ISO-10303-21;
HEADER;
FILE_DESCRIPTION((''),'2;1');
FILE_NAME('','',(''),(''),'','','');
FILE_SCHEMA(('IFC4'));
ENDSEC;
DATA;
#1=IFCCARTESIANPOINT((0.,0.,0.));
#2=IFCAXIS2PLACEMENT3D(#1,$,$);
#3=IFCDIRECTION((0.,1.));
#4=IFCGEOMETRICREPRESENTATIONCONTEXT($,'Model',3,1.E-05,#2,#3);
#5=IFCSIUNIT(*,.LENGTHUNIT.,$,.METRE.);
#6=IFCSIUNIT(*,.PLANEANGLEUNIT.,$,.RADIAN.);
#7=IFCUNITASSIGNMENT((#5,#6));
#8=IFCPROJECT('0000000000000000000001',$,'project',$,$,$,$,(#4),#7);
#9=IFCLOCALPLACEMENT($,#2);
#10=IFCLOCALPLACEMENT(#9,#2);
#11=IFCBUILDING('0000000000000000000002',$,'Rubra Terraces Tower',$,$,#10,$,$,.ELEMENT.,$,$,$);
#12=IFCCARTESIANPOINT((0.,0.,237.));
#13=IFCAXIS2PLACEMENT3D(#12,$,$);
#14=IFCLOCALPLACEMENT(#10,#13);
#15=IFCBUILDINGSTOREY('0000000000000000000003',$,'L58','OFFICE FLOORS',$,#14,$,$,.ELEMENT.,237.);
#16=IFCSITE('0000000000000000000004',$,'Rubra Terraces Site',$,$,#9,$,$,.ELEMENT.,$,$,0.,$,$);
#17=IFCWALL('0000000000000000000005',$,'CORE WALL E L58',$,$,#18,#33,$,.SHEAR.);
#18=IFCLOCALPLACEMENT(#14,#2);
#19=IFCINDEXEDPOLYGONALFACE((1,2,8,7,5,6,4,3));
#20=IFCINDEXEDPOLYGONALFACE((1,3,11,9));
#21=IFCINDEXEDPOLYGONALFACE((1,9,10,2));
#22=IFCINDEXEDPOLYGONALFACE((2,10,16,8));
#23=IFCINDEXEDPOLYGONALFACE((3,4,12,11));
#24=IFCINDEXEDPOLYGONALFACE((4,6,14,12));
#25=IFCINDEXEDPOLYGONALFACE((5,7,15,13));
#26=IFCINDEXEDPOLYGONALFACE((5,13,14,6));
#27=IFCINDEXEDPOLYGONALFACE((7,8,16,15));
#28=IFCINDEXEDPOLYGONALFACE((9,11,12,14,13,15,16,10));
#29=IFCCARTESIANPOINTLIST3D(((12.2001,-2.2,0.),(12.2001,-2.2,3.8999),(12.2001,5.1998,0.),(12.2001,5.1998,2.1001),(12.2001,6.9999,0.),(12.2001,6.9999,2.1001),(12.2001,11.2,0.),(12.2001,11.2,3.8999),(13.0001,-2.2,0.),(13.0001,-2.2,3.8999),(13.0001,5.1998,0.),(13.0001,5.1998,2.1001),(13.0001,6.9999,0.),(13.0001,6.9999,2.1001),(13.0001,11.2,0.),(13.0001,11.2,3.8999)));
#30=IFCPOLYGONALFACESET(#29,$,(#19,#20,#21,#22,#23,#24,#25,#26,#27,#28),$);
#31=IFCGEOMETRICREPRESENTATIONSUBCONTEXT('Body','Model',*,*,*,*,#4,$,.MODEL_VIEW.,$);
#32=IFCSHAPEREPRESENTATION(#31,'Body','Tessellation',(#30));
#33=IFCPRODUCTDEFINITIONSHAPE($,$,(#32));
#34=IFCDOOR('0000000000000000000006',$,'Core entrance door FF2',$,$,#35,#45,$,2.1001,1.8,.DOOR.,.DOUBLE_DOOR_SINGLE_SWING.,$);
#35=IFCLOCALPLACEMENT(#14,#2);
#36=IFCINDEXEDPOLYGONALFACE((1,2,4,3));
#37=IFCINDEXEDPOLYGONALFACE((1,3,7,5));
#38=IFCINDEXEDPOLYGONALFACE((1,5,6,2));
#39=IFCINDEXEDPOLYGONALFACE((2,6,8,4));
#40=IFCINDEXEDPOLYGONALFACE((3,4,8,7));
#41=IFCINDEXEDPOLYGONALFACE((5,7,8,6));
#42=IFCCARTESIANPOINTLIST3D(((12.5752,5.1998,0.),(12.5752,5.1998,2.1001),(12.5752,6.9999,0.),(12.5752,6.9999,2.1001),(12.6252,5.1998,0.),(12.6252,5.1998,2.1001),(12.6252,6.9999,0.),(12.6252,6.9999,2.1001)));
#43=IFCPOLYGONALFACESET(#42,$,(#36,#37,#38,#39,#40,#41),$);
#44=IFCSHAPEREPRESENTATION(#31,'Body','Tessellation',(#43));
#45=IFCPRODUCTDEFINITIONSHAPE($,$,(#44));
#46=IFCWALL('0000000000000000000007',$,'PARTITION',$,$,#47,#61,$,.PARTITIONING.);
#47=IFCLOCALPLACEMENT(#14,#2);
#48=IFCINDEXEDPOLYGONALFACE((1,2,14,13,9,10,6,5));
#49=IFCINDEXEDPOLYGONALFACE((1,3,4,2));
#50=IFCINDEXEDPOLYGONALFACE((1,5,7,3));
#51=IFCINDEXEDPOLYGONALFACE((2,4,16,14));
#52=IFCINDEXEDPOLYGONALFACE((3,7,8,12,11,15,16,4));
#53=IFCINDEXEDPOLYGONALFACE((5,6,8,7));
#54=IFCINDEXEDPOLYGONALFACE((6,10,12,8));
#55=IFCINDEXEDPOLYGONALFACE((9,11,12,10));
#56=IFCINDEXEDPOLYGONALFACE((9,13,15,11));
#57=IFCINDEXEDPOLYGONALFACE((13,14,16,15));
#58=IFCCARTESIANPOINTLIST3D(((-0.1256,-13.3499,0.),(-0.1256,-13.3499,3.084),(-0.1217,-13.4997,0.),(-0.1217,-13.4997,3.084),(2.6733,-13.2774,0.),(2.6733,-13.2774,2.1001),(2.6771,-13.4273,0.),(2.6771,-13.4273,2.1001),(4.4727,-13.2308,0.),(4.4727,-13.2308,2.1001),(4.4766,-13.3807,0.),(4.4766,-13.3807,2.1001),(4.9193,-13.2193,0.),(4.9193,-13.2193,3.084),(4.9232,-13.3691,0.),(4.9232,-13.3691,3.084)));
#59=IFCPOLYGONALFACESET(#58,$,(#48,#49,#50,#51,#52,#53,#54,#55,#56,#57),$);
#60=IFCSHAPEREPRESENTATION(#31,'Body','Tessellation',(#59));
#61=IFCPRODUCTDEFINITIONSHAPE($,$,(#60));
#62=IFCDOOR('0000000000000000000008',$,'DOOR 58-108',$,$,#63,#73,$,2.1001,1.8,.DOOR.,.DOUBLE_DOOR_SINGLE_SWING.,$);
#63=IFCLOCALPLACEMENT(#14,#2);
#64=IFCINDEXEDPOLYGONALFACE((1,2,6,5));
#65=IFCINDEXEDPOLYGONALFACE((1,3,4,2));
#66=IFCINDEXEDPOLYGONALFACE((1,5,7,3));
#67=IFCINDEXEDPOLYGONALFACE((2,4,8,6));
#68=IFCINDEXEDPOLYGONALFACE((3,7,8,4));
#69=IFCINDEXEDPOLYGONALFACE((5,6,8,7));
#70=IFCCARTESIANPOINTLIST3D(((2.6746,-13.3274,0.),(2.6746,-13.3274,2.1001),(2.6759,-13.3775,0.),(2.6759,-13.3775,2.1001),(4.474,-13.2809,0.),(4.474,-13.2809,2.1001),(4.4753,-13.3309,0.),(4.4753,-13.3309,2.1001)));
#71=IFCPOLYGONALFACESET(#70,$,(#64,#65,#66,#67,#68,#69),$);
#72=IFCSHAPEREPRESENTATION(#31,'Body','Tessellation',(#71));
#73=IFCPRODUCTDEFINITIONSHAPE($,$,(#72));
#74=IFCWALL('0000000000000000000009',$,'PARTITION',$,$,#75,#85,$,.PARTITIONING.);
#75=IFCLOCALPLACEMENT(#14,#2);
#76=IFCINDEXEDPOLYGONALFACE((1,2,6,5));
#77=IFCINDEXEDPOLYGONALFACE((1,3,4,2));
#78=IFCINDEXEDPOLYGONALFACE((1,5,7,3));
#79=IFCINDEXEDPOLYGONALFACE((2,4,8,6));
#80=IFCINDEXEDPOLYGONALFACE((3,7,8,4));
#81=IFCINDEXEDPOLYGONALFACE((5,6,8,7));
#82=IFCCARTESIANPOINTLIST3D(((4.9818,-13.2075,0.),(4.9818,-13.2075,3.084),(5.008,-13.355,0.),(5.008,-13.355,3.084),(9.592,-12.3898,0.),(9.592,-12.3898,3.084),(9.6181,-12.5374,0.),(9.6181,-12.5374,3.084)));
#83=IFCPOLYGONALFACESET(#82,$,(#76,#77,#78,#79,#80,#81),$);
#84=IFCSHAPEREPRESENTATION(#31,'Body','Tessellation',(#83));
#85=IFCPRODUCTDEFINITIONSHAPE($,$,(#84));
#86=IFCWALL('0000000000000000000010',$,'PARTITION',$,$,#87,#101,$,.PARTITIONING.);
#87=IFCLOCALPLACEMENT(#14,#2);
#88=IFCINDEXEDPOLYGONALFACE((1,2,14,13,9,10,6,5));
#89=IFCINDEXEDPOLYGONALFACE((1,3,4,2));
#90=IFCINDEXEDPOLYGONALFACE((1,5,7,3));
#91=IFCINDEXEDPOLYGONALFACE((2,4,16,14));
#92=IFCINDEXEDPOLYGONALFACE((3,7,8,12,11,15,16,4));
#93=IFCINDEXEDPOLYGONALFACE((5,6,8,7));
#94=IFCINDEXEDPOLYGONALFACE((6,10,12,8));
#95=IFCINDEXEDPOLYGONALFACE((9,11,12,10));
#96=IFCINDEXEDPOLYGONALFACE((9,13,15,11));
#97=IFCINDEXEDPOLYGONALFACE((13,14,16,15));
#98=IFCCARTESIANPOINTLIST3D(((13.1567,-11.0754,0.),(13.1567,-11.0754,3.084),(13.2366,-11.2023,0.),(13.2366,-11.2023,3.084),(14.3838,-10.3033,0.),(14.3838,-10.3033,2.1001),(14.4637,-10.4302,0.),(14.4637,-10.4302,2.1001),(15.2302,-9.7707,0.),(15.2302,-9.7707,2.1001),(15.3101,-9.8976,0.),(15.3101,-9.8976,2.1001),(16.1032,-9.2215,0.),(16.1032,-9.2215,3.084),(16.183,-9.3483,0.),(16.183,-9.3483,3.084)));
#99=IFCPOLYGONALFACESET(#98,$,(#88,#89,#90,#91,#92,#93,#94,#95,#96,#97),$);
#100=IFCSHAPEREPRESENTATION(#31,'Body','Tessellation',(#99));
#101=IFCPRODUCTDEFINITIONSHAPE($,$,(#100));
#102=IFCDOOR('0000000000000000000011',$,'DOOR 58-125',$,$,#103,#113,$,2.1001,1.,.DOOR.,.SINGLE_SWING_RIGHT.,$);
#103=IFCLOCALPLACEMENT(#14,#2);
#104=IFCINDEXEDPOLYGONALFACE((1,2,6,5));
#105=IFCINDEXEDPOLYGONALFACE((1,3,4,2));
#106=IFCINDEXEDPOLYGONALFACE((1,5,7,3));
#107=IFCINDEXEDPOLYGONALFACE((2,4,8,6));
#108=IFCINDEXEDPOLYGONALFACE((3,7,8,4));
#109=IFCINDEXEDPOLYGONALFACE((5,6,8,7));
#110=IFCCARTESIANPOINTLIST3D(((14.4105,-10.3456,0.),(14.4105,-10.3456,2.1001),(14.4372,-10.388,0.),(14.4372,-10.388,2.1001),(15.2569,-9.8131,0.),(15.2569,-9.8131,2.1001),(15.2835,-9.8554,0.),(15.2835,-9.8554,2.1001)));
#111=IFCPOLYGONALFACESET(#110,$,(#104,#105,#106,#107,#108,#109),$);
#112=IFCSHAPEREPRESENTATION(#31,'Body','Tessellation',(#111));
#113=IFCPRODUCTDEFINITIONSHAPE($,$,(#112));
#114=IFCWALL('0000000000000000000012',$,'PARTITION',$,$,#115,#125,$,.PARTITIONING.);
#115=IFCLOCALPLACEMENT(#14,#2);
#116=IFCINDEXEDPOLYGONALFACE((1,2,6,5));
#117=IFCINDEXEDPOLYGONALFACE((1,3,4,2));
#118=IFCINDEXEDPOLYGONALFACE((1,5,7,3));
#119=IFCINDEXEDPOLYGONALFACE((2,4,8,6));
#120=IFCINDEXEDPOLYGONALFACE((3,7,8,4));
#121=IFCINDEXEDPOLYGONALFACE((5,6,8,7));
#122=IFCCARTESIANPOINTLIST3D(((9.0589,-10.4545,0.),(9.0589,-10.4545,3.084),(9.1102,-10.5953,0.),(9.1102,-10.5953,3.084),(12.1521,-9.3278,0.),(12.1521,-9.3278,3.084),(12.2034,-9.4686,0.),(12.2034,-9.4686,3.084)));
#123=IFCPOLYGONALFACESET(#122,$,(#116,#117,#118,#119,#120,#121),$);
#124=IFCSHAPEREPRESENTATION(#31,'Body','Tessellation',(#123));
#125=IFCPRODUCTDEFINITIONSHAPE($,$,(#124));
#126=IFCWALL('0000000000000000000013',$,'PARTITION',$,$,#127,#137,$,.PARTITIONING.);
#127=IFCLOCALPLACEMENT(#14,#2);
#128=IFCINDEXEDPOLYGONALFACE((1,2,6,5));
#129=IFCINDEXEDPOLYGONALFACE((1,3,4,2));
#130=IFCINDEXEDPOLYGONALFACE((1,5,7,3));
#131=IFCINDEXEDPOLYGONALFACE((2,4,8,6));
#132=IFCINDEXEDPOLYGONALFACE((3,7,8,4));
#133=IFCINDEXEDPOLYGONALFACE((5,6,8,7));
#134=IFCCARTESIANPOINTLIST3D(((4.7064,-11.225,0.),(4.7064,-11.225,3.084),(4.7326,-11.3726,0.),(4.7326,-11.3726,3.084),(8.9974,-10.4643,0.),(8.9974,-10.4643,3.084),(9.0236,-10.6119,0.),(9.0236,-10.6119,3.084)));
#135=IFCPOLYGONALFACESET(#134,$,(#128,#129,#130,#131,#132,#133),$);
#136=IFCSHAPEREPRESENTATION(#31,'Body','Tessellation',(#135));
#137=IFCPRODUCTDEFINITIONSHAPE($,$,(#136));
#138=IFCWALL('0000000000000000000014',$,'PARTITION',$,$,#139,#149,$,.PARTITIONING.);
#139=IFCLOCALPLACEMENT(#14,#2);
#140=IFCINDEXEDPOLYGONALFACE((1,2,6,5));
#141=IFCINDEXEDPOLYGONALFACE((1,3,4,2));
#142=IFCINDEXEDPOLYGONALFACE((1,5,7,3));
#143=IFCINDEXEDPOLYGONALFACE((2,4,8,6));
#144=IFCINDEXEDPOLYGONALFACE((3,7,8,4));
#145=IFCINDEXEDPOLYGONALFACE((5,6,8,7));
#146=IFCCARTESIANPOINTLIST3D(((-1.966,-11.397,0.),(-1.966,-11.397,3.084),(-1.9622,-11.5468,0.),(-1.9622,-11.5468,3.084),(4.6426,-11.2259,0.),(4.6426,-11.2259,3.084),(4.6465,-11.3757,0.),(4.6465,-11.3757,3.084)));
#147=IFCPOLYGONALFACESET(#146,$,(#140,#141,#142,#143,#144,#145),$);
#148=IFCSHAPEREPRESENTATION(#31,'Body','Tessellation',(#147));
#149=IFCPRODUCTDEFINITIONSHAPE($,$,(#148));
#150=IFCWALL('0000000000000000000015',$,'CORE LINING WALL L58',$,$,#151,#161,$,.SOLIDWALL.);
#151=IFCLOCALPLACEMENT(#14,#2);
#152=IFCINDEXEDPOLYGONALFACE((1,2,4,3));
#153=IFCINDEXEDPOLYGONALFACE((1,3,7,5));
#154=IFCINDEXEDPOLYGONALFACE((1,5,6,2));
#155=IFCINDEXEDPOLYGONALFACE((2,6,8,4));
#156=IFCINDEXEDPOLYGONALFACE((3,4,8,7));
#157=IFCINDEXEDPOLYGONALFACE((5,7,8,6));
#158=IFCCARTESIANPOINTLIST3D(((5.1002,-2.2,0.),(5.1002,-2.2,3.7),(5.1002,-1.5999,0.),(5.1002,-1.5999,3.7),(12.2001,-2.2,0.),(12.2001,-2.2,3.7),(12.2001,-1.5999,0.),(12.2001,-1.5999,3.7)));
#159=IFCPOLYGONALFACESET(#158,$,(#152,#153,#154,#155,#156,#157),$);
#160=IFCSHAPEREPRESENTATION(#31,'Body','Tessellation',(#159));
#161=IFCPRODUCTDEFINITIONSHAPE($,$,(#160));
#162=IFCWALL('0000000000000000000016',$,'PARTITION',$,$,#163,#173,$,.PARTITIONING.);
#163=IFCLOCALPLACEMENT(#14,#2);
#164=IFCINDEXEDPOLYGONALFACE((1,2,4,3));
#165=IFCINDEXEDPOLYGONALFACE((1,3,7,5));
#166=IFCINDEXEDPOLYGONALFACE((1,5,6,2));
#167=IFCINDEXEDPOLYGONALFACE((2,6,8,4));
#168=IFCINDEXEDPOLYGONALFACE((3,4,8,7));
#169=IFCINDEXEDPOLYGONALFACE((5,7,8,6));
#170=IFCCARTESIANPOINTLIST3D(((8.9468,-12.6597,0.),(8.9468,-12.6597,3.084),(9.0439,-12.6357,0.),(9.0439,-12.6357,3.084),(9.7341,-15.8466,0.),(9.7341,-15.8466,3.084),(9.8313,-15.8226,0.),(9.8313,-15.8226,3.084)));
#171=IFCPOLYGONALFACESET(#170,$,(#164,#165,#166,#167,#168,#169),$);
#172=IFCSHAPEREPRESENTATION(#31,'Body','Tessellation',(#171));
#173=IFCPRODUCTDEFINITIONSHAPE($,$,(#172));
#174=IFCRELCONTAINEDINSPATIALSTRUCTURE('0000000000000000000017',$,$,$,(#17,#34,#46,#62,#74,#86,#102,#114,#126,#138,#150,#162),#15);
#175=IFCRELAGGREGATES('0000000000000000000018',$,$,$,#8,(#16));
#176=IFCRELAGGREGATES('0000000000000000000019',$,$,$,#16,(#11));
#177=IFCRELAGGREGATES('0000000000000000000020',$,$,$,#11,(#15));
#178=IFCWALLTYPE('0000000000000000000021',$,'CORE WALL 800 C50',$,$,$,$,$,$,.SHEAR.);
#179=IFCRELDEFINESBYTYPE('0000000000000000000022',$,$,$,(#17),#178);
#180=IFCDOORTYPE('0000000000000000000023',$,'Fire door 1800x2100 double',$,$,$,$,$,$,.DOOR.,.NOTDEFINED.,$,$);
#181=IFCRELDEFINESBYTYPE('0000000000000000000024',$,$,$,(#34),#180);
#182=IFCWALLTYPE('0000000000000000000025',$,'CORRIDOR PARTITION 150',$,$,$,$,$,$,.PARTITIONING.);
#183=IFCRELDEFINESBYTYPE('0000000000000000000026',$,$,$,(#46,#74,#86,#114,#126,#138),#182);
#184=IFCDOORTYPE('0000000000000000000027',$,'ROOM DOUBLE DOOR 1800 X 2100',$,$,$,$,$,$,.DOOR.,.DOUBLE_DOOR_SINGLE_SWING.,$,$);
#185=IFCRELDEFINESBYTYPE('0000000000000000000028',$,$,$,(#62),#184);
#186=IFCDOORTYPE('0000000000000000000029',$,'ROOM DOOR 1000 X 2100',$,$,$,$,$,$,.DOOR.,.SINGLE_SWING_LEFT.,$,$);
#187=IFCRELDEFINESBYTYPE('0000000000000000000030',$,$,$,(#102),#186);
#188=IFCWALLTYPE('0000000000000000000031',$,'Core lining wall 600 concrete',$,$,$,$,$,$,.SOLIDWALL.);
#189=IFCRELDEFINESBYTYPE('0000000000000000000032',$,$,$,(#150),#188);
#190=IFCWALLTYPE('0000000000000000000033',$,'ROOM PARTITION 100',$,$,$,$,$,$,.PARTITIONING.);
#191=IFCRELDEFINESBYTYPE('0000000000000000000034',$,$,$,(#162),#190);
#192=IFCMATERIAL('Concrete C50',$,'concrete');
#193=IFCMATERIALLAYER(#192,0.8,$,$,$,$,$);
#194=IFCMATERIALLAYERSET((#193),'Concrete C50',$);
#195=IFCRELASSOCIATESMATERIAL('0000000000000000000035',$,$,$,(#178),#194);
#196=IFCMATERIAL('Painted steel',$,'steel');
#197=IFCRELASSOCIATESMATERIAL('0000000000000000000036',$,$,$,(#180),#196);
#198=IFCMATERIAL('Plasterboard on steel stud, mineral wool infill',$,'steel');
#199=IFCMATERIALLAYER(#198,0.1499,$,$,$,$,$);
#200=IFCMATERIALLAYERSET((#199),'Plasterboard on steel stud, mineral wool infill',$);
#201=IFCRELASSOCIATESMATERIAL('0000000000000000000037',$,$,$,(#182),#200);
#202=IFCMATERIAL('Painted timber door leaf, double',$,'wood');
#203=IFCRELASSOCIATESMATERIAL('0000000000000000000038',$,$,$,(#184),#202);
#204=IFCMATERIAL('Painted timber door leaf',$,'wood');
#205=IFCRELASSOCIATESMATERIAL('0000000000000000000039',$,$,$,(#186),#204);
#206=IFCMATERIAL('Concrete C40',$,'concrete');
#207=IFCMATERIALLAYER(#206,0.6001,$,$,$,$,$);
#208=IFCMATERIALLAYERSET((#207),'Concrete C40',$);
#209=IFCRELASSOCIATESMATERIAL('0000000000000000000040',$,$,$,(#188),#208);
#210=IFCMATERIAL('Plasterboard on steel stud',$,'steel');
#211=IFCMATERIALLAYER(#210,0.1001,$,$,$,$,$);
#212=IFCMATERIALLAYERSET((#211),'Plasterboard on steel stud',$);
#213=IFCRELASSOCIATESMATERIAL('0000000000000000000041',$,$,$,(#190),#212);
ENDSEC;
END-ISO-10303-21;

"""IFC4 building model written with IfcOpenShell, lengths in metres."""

from ifc_helpers import new_model, si_unit, direction, frame, frame_2d, origin, place, context, subcontext, project, spatial, rectangle, extrude, material, layer, layer_set, type_object, element, fill, save


model = new_model("IFC4")

# Units and contexts
model_context = context("Model", 3, precision=1e-05, world=origin(), true_north=direction((0.0, 1.0)))
body_context = subcontext(model_context, "Body", "Model", "MODEL_VIEW")
ifc_project = project(units=[si_unit("LENGTHUNIT", "METRE"), si_unit("PLANEANGLEUNIT", "RADIAN")], contexts=[model_context])

# Site, building, storey
site_placement = place(None, origin())
site = spatial("IfcSite", under=ifc_project, at=site_placement, Name="Rubra Terraces Site", CompositionType="ELEMENT", RefElevation=0.0)
building_placement = place(site_placement, origin())
building = spatial("IfcBuilding", under=site, at=building_placement, Name="Rubra Terraces Tower", CompositionType="ELEMENT")
storey_placement = place(building_placement, frame((0.0, 0.0, 237.0)))
storey = spatial("IfcBuildingStorey", under=building, at=storey_placement, Name="L58", Description="OFFICE FLOORS", CompositionType="ELEMENT", Elevation=237.0)

# Shared definitions
ifc_material_1 = material(Name="Concrete C40", Category="concrete")

# Walls, openings, doors
ifc_material_2 = material(Name="Concrete C50", Category="concrete")
ifc_layer_1 = layer(ifc_material_2, 0.8)
ifc_layer_set_1 = layer_set([ifc_layer_1], Name="Concrete C50")
wall_type_1 = type_object("IfcWallType", Name="CORE WALL 800 C50", PredefinedType="SHEAR", material=ifc_layer_set_1)
wall_1_placement = place(storey_placement, frame((12.6001, -2.2, 0.0), z_axis=(0.0, 0.0, 1.0), x_axis=(0.0, 1.0, 0.0)))
wall_1 = element("IfcWall", 1, at=wall_1_placement, inside=storey, type_object=wall_type_1, Name="CORE WALL E L58", PredefinedType="SHEAR", context=body_context, shape_type="SweptSolid", body=[
    extrude(rectangle(XDim=13.3999, YDim=0.8, at=frame_2d((6.7, 0.0))), origin(), (0.0, 0.0, 1.0), 3.8999),
])
opening_1_placement = place(wall_1_placement, frame((7.3999, 0.0, 0.0)))
opening_1 = element("IfcOpeningElement", 2, at=opening_1_placement, cuts=wall_1, PredefinedType="OPENING", context=body_context, shape_type="SweptSolid", body=[
    extrude(rectangle(XDim=1.8, YDim=2.1001, at=frame_2d((0.8999, 1.05))), frame((0.0, 0.4099, 0.0), z_axis=(0.0, -1.0, 0.0), x_axis=(1.0, 0.0, 0.0)), (0.0, 0.0, 1.0), 0.8201),
])
ifc_material_3 = material(Name="Painted steel", Category="steel")
door_type_1 = type_object("IfcDoorType", Name="Fire door 1800x2100 double", OperationType="NOTDEFINED", PredefinedType="DOOR", material=ifc_material_3)
door_1_placement = place(opening_1_placement, origin())
door_1 = element("IfcDoor", 3, at=door_1_placement, inside=storey, type_object=door_type_1, Name="Core entrance door FF2", OperationType="DOUBLE_DOOR_SINGLE_SWING", OverallHeight=2.1001, OverallWidth=1.8, PredefinedType="DOOR", context=body_context, shape_type="SweptSolid", body=[
    extrude(rectangle(XDim=1.8, YDim=2.1001, at=frame_2d((0.8999, 1.05))), frame((0.0, 0.0249, 0.0), z_axis=(0.0, -1.0, 0.0), x_axis=(1.0, 0.0, 0.0)), (0.0, 0.0, 1.0), 0.05),
])
fill(opening_1, door_1)
ifc_material_4 = material(Name="Plasterboard on steel stud, mineral wool infill", Category="steel")
ifc_layer_2 = layer(ifc_material_4, 0.1499)
ifc_layer_set_2 = layer_set([ifc_layer_2], Name="Plasterboard on steel stud, mineral wool infill")
wall_type_2 = type_object("IfcWallType", Name="CORRIDOR PARTITION 150", PredefinedType="PARTITIONING", material=ifc_layer_set_2)
wall_2_placement = place(storey_placement, frame((-0.1238, -13.4248, 0.0), z_axis=(0.0, 0.0, 1.0), x_axis=(0.999665, 0.025882, 0.0)))
wall_2 = element("IfcWall", 4, at=wall_2_placement, inside=storey, type_object=wall_type_2, Name="PARTITION", PredefinedType="PARTITIONING", context=body_context, shape_type="SweptSolid", body=[
    extrude(rectangle(XDim=5.0466, YDim=0.1499, at=frame_2d((2.5234, 0.0))), origin(), (0.0, 0.0, 1.0), 3.084),
])
opening_2_placement = place(wall_2_placement, frame((2.8, 0.0, 0.0)))
opening_2 = element("IfcOpeningElement", 5, at=opening_2_placement, cuts=wall_2, PredefinedType="OPENING", context=body_context, shape_type="SweptSolid", body=[
    extrude(rectangle(XDim=1.8, YDim=2.1001, at=frame_2d((0.8999, 1.05))), frame((0.0, 0.085, 0.0), z_axis=(0.0, -1.0, 0.0), x_axis=(1.0, 0.0, 0.0)), (0.0, 0.0, 1.0), 0.1699),
])
ifc_material_5 = material(Name="Painted timber door leaf, double", Category="wood")
door_type_2 = type_object("IfcDoorType", Name="ROOM DOUBLE DOOR 1800 X 2100", OperationType="DOUBLE_DOOR_SINGLE_SWING", PredefinedType="DOOR", material=ifc_material_5)
door_2_placement = place(opening_2_placement, origin())
door_2 = element("IfcDoor", 6, at=door_2_placement, inside=storey, type_object=door_type_2, Name="DOOR 58-108", OperationType="DOUBLE_DOOR_SINGLE_SWING", OverallHeight=2.1001, OverallWidth=1.8, PredefinedType="DOOR", context=body_context, shape_type="SweptSolid", body=[
    extrude(rectangle(XDim=1.8, YDim=2.1001, at=frame_2d((0.8999, 1.05))), frame((0.0, 0.0249, 0.0), z_axis=(0.0, -1.0, 0.0), x_axis=(1.0, 0.0, 0.0)), (0.0, 0.0, 1.0), 0.05),
])
fill(opening_2, door_2)

# Wall
wall_3_placement = place(storey_placement, frame((4.9949, -13.2812, 0.0), z_axis=(0.0, 0.0, 1.0), x_axis=(0.984634, 0.17463, 0.0)))
element("IfcWall", 7, at=wall_3_placement, inside=storey, type_object=wall_type_2, Name="PARTITION", PredefinedType="PARTITIONING", context=body_context, shape_type="SweptSolid", body=[
    extrude(rectangle(XDim=4.6821, YDim=0.1499, at=frame_2d((2.3411, 0.0))), origin(), (0.0, 0.0, 1.0), 3.084),
])

# Wall, opening, door
wall_4_placement = place(storey_placement, frame((13.1965, -11.1389, 0.0), z_axis=(0.0, 0.0, 1.0), x_axis=(0.846391, 0.532562, 0.0)))
wall_4 = element("IfcWall", 8, at=wall_4_placement, inside=storey, type_object=wall_type_2, Name="PARTITION", PredefinedType="PARTITIONING", context=body_context, shape_type="SweptSolid", body=[
    extrude(rectangle(XDim=3.4812, YDim=0.1499, at=frame_2d((1.7407, 0.0))), origin(), (0.0, 0.0, 1.0), 3.084),
])
opening_3_placement = place(wall_4_placement, frame((1.45, 0.0, 0.0)))
opening_3 = element("IfcOpeningElement", 9, at=opening_3_placement, cuts=wall_4, PredefinedType="OPENING", context=body_context, shape_type="SweptSolid", body=[
    extrude(rectangle(XDim=1.0, YDim=2.1001, at=frame_2d((0.5, 1.05))), frame((0.0, 0.085, 0.0), z_axis=(0.0, -1.0, 0.0), x_axis=(1.0, 0.0, 0.0)), (0.0, 0.0, 1.0), 0.1699),
])
ifc_material_6 = material(Name="Painted timber door leaf", Category="wood")
door_type_3 = type_object("IfcDoorType", Name="ROOM DOOR 1000 X 2100", OperationType="SINGLE_SWING_LEFT", PredefinedType="DOOR", material=ifc_material_6)
door_3_placement = place(opening_3_placement, origin())
door_3 = element("IfcDoor", 10, at=door_3_placement, inside=storey, type_object=door_type_3, Name="DOOR 58-125", OperationType="SINGLE_SWING_RIGHT", OverallHeight=2.1001, OverallWidth=1.0, PredefinedType="DOOR", context=body_context, shape_type="SweptSolid", body=[
    extrude(rectangle(XDim=1.0, YDim=2.1001, at=frame_2d((0.5, 1.05))), frame((0.0, 0.0249, 0.0), z_axis=(0.0, -1.0, 0.0), x_axis=(1.0, 0.0, 0.0)), (0.0, 0.0, 1.0), 0.05),
])
fill(opening_3, door_3)

# Walls
wall_5_placement = place(storey_placement, frame((12.1777, -9.3982, 0.0), z_axis=(0.0, 0.0, 1.0), x_axis=(-0.939609, -0.342249, 0.0)))
element("IfcWall", 11, at=wall_5_placement, inside=storey, type_object=wall_type_2, Name="PARTITION", PredefinedType="PARTITIONING", context=body_context, shape_type="SweptSolid", body=[
    extrude(rectangle(XDim=3.292, YDim=0.1499, at=frame_2d((1.646, 0.0))), origin(), (0.0, 0.0, 1.0), 3.084),
])
wall_6_placement = place(storey_placement, frame((9.0105, -10.5381, 0.0), z_axis=(0.0, 0.0, 1.0), x_axis=(-0.984646, -0.174565, 0.0)))
element("IfcWall", 12, at=wall_6_placement, inside=storey, type_object=wall_type_2, Name="PARTITION", PredefinedType="PARTITIONING", context=body_context, shape_type="SweptSolid", body=[
    extrude(rectangle(XDim=4.3579, YDim=0.1499, at=frame_2d((2.179, 0.0))), origin(), (0.0, 0.0, 1.0), 3.084),
])
wall_7_placement = place(storey_placement, frame((4.6445, -11.3008, 0.0), z_axis=(0.0, 0.0, 1.0), x_axis=(-0.999665, -0.025888, 0.0)))
element("IfcWall", 13, at=wall_7_placement, inside=storey, type_object=wall_type_2, Name="PARTITION", PredefinedType="PARTITIONING", context=body_context, shape_type="SweptSolid", body=[
    extrude(rectangle(XDim=6.6108, YDim=0.1499, at=frame_2d((3.3054, 0.0))), origin(), (0.0, 0.0, 1.0), 3.084),
])
ifc_layer_3 = layer(ifc_material_1, 0.6001)
ifc_layer_set_3 = layer_set([ifc_layer_3], Name="Concrete C40")
wall_type_3 = type_object("IfcWallType", Name="Core lining wall 600 concrete", PredefinedType="SOLIDWALL", material=ifc_layer_set_3)
wall_8_placement = place(storey_placement, frame((12.2, -1.8999, 0.0), z_axis=(0.0, 0.0, 1.0), x_axis=(-1.0, 0.0, 0.0)))
element("IfcWall", 14, at=wall_8_placement, inside=storey, type_object=wall_type_3, Name="CORE LINING WALL L58", PredefinedType="SOLIDWALL", context=body_context, shape_type="SweptSolid", body=[
    extrude(rectangle(XDim=7.0999, YDim=0.6001, at=frame_2d((3.5498, 0.0))), origin(), (0.0, 0.0, 1.0), 3.7),
])
ifc_material_7 = material(Name="Plasterboard on steel stud", Category="steel")
ifc_layer_4 = layer(ifc_material_7, 0.1001)
ifc_layer_set_4 = layer_set([ifc_layer_4], Name="Plasterboard on steel stud")
wall_type_4 = type_object("IfcWallType", Name="ROOM PARTITION 100", PredefinedType="PARTITIONING", material=ifc_layer_set_4)
wall_9_placement = place(storey_placement, frame((8.9954, -12.6477, 0.0), z_axis=(0.0, 0.0, 1.0), x_axis=(0.23984, -0.970812, 0.0)))
element("IfcWall", 15, at=wall_9_placement, inside=storey, type_object=wall_type_4, Name="PARTITION", PredefinedType="PARTITIONING", context=body_context, shape_type="SweptSolid", body=[
    extrude(rectangle(XDim=3.2827, YDim=0.1001, at=frame_2d((1.6414, 0.0))), origin(), (0.0, 0.0, 1.0), 3.084),
])

save(model, "model.ifc")
